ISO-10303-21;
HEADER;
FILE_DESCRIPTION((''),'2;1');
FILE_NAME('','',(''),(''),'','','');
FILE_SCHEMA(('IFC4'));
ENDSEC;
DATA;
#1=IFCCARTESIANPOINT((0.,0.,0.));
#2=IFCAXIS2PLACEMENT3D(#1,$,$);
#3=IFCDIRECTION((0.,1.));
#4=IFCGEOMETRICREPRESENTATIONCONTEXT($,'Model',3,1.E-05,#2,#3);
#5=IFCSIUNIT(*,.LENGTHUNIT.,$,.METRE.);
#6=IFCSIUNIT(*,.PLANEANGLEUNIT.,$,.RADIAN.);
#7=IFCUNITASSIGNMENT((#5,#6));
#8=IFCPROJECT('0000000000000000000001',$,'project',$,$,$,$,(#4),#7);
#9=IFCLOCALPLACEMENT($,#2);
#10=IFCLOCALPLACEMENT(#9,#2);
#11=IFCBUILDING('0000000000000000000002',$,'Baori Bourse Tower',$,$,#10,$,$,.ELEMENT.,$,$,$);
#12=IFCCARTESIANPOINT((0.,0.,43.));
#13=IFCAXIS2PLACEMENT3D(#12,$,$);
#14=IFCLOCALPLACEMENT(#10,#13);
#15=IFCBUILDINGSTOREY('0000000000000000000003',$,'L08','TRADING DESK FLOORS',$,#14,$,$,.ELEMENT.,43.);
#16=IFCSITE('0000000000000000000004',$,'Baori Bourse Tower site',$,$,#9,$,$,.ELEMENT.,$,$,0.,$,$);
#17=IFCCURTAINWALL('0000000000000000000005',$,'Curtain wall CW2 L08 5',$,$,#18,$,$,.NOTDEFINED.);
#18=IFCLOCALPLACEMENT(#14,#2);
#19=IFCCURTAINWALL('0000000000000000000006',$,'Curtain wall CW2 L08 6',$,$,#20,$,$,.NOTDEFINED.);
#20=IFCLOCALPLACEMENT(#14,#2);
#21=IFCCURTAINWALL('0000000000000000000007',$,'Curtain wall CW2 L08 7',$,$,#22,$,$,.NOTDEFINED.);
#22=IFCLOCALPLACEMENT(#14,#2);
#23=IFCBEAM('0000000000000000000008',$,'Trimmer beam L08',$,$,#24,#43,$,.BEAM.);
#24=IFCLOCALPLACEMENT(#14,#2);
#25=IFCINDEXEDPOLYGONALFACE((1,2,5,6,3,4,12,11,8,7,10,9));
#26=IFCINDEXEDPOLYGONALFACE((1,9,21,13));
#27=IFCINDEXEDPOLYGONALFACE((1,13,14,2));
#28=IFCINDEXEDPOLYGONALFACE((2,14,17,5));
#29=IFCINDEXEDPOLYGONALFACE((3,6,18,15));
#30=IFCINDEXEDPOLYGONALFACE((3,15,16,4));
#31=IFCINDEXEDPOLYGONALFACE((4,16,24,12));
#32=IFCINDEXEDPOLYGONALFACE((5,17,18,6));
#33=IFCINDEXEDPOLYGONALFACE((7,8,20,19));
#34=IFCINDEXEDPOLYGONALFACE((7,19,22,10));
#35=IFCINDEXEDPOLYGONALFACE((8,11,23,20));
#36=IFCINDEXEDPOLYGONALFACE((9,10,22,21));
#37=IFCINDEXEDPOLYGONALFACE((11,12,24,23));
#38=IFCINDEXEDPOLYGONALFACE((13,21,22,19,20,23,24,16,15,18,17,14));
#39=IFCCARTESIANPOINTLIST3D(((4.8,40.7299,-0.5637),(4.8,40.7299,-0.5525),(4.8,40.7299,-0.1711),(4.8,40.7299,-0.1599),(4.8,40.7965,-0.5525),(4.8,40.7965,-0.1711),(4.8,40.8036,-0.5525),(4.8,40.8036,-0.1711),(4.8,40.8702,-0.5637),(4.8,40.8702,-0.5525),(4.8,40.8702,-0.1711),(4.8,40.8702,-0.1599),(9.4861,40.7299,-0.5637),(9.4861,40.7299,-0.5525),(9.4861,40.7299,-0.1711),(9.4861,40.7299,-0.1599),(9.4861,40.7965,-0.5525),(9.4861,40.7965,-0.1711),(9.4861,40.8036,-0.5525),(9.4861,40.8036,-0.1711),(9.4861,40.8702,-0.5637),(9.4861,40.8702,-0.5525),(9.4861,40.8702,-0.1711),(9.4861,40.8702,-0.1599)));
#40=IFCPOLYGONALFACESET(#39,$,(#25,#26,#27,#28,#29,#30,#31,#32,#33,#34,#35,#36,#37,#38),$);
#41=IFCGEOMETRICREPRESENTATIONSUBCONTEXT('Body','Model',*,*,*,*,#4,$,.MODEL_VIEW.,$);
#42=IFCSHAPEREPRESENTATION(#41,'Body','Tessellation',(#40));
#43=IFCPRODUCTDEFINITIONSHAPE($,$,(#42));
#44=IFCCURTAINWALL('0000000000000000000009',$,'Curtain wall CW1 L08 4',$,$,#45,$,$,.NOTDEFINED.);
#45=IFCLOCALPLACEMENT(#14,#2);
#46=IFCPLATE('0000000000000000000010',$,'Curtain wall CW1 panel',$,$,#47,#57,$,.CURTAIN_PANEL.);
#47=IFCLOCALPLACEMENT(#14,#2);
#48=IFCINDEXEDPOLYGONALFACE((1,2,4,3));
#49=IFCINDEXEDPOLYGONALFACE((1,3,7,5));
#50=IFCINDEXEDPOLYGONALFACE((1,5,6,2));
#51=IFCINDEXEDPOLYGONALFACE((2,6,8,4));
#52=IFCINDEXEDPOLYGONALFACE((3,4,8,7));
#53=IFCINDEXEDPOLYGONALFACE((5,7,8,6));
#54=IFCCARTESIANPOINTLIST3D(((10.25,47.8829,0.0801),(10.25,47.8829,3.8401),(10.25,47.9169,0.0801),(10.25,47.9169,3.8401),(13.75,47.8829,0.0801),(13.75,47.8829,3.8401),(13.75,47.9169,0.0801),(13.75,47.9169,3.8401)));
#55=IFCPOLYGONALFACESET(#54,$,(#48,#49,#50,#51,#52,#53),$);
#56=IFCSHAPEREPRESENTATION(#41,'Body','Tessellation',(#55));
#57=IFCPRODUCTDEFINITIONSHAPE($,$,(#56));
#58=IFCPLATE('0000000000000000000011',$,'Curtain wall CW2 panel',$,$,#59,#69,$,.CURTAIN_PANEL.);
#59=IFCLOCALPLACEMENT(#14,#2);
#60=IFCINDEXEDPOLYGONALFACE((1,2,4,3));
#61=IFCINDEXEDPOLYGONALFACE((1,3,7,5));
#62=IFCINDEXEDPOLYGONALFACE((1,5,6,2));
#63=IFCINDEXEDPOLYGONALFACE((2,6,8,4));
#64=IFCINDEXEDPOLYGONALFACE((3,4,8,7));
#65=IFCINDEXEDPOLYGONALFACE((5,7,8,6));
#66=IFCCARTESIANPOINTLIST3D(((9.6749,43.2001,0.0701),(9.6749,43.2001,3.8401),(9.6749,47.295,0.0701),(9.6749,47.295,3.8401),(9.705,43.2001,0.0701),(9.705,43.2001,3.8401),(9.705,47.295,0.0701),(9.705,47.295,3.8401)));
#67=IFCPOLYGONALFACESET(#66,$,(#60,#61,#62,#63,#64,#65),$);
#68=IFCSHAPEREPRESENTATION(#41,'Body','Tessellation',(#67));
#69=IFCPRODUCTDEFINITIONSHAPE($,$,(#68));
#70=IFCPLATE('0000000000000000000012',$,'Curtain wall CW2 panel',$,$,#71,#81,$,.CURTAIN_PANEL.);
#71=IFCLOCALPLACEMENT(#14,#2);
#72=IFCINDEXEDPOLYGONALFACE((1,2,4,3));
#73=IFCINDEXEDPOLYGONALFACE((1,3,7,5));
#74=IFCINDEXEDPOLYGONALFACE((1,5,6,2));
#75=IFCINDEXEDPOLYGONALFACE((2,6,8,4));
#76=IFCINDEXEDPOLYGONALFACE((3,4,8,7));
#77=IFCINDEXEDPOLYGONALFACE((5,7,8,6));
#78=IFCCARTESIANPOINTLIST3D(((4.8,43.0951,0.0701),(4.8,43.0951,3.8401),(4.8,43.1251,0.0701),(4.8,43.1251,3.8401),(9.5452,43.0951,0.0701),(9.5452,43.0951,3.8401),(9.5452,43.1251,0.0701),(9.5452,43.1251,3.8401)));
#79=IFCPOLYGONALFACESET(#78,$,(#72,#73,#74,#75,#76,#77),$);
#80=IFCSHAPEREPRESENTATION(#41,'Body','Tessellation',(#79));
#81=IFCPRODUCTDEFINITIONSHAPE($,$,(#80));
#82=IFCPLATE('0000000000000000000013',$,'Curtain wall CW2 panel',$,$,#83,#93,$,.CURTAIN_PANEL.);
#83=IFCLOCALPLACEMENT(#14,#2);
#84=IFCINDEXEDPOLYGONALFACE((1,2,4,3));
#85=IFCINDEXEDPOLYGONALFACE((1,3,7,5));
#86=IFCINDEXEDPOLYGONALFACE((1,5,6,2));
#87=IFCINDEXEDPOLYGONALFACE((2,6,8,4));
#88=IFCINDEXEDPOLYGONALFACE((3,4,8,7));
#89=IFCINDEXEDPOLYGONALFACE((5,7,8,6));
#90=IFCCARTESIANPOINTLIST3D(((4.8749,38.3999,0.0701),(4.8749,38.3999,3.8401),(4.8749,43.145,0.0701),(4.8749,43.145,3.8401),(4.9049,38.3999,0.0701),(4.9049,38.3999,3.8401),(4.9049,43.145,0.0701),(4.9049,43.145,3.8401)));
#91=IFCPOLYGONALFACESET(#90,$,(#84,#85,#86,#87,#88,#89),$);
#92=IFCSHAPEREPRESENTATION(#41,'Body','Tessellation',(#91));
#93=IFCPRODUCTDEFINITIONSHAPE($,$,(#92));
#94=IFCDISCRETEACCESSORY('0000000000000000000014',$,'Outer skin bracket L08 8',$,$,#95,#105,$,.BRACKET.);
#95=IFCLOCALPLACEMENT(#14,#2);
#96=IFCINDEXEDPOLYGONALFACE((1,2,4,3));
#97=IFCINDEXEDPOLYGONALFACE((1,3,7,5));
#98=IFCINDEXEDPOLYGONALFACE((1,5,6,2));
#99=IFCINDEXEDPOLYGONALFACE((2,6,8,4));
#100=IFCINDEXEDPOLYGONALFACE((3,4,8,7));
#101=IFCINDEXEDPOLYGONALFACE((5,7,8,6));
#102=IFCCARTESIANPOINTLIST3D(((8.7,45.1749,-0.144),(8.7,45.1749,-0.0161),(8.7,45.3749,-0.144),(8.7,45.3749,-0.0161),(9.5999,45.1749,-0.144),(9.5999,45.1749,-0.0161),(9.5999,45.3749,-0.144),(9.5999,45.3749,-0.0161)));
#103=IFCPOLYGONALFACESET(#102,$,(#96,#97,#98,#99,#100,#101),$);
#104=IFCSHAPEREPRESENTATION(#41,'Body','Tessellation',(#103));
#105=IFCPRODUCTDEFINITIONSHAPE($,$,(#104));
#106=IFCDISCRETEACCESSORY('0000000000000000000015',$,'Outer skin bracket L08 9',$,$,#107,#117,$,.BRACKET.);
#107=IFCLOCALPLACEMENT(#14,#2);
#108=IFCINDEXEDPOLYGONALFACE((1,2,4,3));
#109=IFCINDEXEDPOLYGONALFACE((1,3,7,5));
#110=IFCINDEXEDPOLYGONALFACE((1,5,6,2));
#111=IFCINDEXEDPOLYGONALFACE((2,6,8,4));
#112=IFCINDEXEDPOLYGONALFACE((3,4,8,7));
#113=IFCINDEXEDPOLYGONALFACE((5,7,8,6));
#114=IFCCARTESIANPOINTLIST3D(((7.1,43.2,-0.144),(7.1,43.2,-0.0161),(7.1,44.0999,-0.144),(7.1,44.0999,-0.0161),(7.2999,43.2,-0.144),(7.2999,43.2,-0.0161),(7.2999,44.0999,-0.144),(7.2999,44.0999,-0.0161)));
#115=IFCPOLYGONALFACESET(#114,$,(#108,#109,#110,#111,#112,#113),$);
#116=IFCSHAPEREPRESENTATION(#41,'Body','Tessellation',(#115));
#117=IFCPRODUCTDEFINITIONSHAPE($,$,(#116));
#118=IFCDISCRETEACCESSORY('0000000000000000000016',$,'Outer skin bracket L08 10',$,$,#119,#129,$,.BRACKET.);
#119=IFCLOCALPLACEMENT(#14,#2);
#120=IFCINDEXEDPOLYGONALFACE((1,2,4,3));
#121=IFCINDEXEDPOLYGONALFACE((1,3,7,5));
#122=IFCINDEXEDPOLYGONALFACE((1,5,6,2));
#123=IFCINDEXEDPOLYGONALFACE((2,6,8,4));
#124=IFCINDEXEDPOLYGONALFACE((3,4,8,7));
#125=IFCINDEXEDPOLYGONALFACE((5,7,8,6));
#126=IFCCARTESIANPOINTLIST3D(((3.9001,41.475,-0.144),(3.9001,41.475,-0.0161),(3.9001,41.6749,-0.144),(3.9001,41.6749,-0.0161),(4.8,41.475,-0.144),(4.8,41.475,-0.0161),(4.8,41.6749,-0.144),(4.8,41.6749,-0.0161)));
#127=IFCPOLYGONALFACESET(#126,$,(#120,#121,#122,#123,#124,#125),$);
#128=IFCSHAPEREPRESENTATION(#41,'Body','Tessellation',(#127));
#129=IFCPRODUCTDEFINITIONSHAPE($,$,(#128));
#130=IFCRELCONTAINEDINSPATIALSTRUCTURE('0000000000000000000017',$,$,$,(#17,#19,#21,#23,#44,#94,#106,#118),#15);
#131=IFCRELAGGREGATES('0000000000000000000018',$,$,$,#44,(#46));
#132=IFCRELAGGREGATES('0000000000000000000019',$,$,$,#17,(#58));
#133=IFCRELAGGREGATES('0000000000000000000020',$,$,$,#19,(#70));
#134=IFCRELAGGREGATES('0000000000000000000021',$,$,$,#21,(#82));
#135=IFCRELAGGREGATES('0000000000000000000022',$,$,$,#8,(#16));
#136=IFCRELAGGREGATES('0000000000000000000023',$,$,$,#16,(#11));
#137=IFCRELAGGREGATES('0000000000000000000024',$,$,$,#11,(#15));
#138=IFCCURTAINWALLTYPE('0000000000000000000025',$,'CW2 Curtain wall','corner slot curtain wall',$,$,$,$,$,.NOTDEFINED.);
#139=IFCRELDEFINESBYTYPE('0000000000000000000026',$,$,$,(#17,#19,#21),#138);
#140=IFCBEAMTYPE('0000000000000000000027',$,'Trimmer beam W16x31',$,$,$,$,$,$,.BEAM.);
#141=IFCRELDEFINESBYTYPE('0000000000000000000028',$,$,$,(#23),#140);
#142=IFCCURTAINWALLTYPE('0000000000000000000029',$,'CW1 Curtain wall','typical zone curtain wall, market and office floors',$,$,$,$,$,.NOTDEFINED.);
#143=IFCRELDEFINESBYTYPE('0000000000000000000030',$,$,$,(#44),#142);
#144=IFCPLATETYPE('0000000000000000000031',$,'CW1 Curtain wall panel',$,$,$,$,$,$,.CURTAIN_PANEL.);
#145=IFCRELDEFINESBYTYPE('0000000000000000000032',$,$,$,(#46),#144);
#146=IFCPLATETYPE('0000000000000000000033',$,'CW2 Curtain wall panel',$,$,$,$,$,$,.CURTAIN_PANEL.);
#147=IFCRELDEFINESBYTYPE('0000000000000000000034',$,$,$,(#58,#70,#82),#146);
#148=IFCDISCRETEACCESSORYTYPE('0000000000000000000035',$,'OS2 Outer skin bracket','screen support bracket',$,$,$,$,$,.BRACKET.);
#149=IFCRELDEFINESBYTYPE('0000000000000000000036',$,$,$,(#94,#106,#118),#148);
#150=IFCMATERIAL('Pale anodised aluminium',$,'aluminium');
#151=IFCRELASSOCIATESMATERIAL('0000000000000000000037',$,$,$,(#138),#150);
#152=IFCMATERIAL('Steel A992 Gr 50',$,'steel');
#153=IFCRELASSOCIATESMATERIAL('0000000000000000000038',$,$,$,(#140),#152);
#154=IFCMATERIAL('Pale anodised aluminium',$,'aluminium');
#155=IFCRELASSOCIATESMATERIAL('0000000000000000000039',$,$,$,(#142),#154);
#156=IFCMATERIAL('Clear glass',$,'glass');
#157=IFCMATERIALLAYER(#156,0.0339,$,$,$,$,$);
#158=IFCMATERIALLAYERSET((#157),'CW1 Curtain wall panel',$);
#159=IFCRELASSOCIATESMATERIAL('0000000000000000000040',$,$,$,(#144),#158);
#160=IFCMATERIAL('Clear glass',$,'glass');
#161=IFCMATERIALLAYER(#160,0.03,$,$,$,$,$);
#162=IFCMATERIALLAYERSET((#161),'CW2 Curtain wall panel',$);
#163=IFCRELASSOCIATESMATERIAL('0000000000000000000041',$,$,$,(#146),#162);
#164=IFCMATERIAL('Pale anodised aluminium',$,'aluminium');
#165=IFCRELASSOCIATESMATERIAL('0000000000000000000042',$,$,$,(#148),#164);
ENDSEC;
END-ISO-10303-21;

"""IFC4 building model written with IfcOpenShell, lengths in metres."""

from ifc_helpers import new_model, si_unit, direction, frame, origin, origin_2d, place, context, subcontext, project, spatial, rectangle, i_section, extrude, material, layer, layer_set, material_profile, profile_set, type_object, element, aggregate, save


model = new_model("IFC4")

# Units and contexts
model_context = context("Model", 3, precision=1e-05, world=origin(), true_north=direction((0.0, 1.0)))
body_context = subcontext(model_context, "Body", "Model", "MODEL_VIEW")
ifc_project = project(units=[si_unit("LENGTHUNIT", "METRE"), si_unit("PLANEANGLEUNIT", "RADIAN")], contexts=[model_context])

# Site, building, storey
site_placement = place(None, origin())
site = spatial("IfcSite", under=ifc_project, at=site_placement, Name="Baori Bourse Tower site", CompositionType="ELEMENT", RefElevation=0.0)
building_placement = place(site_placement, origin())
building = spatial("IfcBuilding", under=site, at=building_placement, Name="Baori Bourse Tower", CompositionType="ELEMENT")
storey_placement = place(building_placement, frame((0.0, 0.0, 43.0)))
storey = spatial("IfcBuildingStorey", under=building, at=storey_placement, Name="L08", Description="TRADING DESK FLOORS", CompositionType="ELEMENT", Elevation=43.0)

# Curtain walls
ifc_material_1 = material(Name="Pale anodised aluminium", Category="aluminium")
curtain_wall_type_1 = type_object("IfcCurtainWallType", Name="CW2 Curtain wall", Description="corner slot curtain wall", PredefinedType="NOTDEFINED", material=ifc_material_1)
curtain_wall_1_placement = place(storey_placement, origin())
curtain_wall_1 = element("IfcCurtainWall", 1, at=curtain_wall_1_placement, inside=storey, type_object=curtain_wall_type_1, Name="Curtain wall CW2 L08 5", PredefinedType="NOTDEFINED")
curtain_wall_2_placement = place(storey_placement, origin())
curtain_wall_2 = element("IfcCurtainWall", 2, at=curtain_wall_2_placement, inside=storey, type_object=curtain_wall_type_1, Name="Curtain wall CW2 L08 6", PredefinedType="NOTDEFINED")
curtain_wall_3_placement = place(storey_placement, origin())
curtain_wall_3 = element("IfcCurtainWall", 3, at=curtain_wall_3_placement, inside=storey, type_object=curtain_wall_type_1, Name="Curtain wall CW2 L08 7", PredefinedType="NOTDEFINED")

# Beam
ifc_material_2 = material(Name="Steel A992 Gr 50", Category="steel")
ifc_material_profile_1 = material_profile(ifc_material_2, i_section(OverallWidth=0.1404, OverallDepth=0.4038, WebThickness=0.0071, FlangeThickness=0.0112, at=origin_2d()), Name="W16x31")
ifc_profile_set_1 = profile_set([ifc_material_profile_1], Name="Steel A992 Gr 50")
beam_type_1 = type_object("IfcBeamType", Name="Trimmer beam W16x31", PredefinedType="BEAM", material=ifc_profile_set_1)
beam_1_placement = place(storey_placement, frame((4.8, 40.8, -0.3618), z_axis=(1.0, 0.0, 0.0), x_axis=(0.0, 1.0, 0.0)))
element("IfcBeam", 4, at=beam_1_placement, inside=storey, type_object=beam_type_1, Name="Trimmer beam L08", PredefinedType="BEAM", context=body_context, shape_type="SweptSolid", body=[
    extrude(i_section(OverallWidth=0.1404, OverallDepth=0.4038, WebThickness=0.0071, FlangeThickness=0.0112, at=origin_2d()), origin(), (0.0, 0.0, 1.0), 4.686),
])

# Curtain wall, plate
ifc_material_3 = material(Name="Pale anodised aluminium", Category="aluminium")
curtain_wall_type_2 = type_object("IfcCurtainWallType", Name="CW1 Curtain wall", Description="typical zone curtain wall, market and office floors", PredefinedType="NOTDEFINED", material=ifc_material_3)
curtain_wall_4_placement = place(storey_placement, origin())
curtain_wall_4 = element("IfcCurtainWall", 5, at=curtain_wall_4_placement, inside=storey, type_object=curtain_wall_type_2, Name="Curtain wall CW1 L08 4", PredefinedType="NOTDEFINED")
ifc_material_4 = material(Name="Clear glass", Category="glass")
ifc_layer_1 = layer(ifc_material_4, 0.0339)
ifc_layer_set_1 = layer_set([ifc_layer_1], Name="CW1 Curtain wall panel")
plate_type_1 = type_object("IfcPlateType", Name="CW1 Curtain wall panel", PredefinedType="CURTAIN_PANEL", material=ifc_layer_set_1)
plate_1_placement = place(storey_placement, frame((12.0, 47.8999, 0.0801), z_axis=(0.0, 0.0, 1.0), x_axis=(-1.0, 0.0, 0.0)))
plate_1 = element("IfcPlate", 6, at=plate_1_placement, type_object=plate_type_1, Name="Curtain wall CW1 panel", PredefinedType="CURTAIN_PANEL", context=body_context, shape_type="SweptSolid", body=[
    extrude(rectangle(XDim=3.5, YDim=0.0339, at=origin_2d()), origin(), (0.0, 0.0, 1.0), 3.76),
])
aggregate(curtain_wall_4, [plate_1])

# Plates
ifc_material_5 = material(Name="Clear glass", Category="glass")
ifc_layer_2 = layer(ifc_material_5, 0.03)
ifc_layer_set_2 = layer_set([ifc_layer_2], Name="CW2 Curtain wall panel")
plate_type_2 = type_object("IfcPlateType", Name="CW2 Curtain wall panel", PredefinedType="CURTAIN_PANEL", material=ifc_layer_set_2)
plate_2_placement = place(storey_placement, frame((9.6899, 45.2476, 0.0701), z_axis=(0.0, 0.0, 1.0), x_axis=(0.0, -1.0, 0.0)))
plate_2 = element("IfcPlate", 7, at=plate_2_placement, type_object=plate_type_2, Name="Curtain wall CW2 panel", PredefinedType="CURTAIN_PANEL", context=body_context, shape_type="SweptSolid", body=[
    extrude(rectangle(XDim=4.095, YDim=0.03, at=origin_2d()), origin(), (0.0, 0.0, 1.0), 3.77),
])
aggregate(curtain_wall_1, [plate_2])
plate_3_placement = place(storey_placement, frame((7.1726, 43.1101, 0.0701), z_axis=(0.0, 0.0, 1.0), x_axis=(-1.0, 0.0, 0.0)))
plate_3 = element("IfcPlate", 8, at=plate_3_placement, type_object=plate_type_2, Name="Curtain wall CW2 panel", PredefinedType="CURTAIN_PANEL", context=body_context, shape_type="SweptSolid", body=[
    extrude(rectangle(XDim=4.7451, YDim=0.03, at=origin_2d()), origin(), (0.0, 0.0, 1.0), 3.77),
])
aggregate(curtain_wall_2, [plate_3])
plate_4_placement = place(storey_placement, frame((4.8899, 40.7725, 0.0701), z_axis=(0.0, 0.0, 1.0), x_axis=(0.0, -1.0, 0.0)))
plate_4 = element("IfcPlate", 9, at=plate_4_placement, type_object=plate_type_2, Name="Curtain wall CW2 panel", PredefinedType="CURTAIN_PANEL", context=body_context, shape_type="SweptSolid", body=[
    extrude(rectangle(XDim=4.7451, YDim=0.03, at=origin_2d()), origin(), (0.0, 0.0, 1.0), 3.77),
])
aggregate(curtain_wall_3, [plate_4])

# Discrete accessories
ifc_material_6 = material(Name="Pale anodised aluminium", Category="aluminium")
discrete_accessory_type = type_object("IfcDiscreteAccessoryType", Name="OS2 Outer skin bracket", Description="screen support bracket", PredefinedType="BRACKET", material=ifc_material_6)
for number, where, z_axis, x_axis, name in (
    (10, (9.1499, 45.2749, -0.144), (0.0, 0.0, 1.0), (0.0, -1.0, 0.0), "Outer skin bracket L08 8"),
    (11, (7.2, 43.6499, -0.144), (0.0, 0.0, 1.0), (-1.0, 0.0, 0.0), "Outer skin bracket L08 9"),
    (12, (4.3501, 41.575, -0.144), (0.0, 0.0, 1.0), (0.0, -1.0, 0.0), "Outer skin bracket L08 10"),
):
    element("IfcDiscreteAccessory", number, at=place(storey_placement, frame(where, z_axis=z_axis, x_axis=x_axis)), inside=storey, type_object=discrete_accessory_type, Name=name, PredefinedType="BRACKET", context=body_context, shape_type="SweptSolid", body=[
        extrude(rectangle(XDim=0.2, YDim=0.8999, at=origin_2d()), origin(), (0.0, 0.0, 1.0), 0.1279),
    ])

save(model, "model.ifc")
